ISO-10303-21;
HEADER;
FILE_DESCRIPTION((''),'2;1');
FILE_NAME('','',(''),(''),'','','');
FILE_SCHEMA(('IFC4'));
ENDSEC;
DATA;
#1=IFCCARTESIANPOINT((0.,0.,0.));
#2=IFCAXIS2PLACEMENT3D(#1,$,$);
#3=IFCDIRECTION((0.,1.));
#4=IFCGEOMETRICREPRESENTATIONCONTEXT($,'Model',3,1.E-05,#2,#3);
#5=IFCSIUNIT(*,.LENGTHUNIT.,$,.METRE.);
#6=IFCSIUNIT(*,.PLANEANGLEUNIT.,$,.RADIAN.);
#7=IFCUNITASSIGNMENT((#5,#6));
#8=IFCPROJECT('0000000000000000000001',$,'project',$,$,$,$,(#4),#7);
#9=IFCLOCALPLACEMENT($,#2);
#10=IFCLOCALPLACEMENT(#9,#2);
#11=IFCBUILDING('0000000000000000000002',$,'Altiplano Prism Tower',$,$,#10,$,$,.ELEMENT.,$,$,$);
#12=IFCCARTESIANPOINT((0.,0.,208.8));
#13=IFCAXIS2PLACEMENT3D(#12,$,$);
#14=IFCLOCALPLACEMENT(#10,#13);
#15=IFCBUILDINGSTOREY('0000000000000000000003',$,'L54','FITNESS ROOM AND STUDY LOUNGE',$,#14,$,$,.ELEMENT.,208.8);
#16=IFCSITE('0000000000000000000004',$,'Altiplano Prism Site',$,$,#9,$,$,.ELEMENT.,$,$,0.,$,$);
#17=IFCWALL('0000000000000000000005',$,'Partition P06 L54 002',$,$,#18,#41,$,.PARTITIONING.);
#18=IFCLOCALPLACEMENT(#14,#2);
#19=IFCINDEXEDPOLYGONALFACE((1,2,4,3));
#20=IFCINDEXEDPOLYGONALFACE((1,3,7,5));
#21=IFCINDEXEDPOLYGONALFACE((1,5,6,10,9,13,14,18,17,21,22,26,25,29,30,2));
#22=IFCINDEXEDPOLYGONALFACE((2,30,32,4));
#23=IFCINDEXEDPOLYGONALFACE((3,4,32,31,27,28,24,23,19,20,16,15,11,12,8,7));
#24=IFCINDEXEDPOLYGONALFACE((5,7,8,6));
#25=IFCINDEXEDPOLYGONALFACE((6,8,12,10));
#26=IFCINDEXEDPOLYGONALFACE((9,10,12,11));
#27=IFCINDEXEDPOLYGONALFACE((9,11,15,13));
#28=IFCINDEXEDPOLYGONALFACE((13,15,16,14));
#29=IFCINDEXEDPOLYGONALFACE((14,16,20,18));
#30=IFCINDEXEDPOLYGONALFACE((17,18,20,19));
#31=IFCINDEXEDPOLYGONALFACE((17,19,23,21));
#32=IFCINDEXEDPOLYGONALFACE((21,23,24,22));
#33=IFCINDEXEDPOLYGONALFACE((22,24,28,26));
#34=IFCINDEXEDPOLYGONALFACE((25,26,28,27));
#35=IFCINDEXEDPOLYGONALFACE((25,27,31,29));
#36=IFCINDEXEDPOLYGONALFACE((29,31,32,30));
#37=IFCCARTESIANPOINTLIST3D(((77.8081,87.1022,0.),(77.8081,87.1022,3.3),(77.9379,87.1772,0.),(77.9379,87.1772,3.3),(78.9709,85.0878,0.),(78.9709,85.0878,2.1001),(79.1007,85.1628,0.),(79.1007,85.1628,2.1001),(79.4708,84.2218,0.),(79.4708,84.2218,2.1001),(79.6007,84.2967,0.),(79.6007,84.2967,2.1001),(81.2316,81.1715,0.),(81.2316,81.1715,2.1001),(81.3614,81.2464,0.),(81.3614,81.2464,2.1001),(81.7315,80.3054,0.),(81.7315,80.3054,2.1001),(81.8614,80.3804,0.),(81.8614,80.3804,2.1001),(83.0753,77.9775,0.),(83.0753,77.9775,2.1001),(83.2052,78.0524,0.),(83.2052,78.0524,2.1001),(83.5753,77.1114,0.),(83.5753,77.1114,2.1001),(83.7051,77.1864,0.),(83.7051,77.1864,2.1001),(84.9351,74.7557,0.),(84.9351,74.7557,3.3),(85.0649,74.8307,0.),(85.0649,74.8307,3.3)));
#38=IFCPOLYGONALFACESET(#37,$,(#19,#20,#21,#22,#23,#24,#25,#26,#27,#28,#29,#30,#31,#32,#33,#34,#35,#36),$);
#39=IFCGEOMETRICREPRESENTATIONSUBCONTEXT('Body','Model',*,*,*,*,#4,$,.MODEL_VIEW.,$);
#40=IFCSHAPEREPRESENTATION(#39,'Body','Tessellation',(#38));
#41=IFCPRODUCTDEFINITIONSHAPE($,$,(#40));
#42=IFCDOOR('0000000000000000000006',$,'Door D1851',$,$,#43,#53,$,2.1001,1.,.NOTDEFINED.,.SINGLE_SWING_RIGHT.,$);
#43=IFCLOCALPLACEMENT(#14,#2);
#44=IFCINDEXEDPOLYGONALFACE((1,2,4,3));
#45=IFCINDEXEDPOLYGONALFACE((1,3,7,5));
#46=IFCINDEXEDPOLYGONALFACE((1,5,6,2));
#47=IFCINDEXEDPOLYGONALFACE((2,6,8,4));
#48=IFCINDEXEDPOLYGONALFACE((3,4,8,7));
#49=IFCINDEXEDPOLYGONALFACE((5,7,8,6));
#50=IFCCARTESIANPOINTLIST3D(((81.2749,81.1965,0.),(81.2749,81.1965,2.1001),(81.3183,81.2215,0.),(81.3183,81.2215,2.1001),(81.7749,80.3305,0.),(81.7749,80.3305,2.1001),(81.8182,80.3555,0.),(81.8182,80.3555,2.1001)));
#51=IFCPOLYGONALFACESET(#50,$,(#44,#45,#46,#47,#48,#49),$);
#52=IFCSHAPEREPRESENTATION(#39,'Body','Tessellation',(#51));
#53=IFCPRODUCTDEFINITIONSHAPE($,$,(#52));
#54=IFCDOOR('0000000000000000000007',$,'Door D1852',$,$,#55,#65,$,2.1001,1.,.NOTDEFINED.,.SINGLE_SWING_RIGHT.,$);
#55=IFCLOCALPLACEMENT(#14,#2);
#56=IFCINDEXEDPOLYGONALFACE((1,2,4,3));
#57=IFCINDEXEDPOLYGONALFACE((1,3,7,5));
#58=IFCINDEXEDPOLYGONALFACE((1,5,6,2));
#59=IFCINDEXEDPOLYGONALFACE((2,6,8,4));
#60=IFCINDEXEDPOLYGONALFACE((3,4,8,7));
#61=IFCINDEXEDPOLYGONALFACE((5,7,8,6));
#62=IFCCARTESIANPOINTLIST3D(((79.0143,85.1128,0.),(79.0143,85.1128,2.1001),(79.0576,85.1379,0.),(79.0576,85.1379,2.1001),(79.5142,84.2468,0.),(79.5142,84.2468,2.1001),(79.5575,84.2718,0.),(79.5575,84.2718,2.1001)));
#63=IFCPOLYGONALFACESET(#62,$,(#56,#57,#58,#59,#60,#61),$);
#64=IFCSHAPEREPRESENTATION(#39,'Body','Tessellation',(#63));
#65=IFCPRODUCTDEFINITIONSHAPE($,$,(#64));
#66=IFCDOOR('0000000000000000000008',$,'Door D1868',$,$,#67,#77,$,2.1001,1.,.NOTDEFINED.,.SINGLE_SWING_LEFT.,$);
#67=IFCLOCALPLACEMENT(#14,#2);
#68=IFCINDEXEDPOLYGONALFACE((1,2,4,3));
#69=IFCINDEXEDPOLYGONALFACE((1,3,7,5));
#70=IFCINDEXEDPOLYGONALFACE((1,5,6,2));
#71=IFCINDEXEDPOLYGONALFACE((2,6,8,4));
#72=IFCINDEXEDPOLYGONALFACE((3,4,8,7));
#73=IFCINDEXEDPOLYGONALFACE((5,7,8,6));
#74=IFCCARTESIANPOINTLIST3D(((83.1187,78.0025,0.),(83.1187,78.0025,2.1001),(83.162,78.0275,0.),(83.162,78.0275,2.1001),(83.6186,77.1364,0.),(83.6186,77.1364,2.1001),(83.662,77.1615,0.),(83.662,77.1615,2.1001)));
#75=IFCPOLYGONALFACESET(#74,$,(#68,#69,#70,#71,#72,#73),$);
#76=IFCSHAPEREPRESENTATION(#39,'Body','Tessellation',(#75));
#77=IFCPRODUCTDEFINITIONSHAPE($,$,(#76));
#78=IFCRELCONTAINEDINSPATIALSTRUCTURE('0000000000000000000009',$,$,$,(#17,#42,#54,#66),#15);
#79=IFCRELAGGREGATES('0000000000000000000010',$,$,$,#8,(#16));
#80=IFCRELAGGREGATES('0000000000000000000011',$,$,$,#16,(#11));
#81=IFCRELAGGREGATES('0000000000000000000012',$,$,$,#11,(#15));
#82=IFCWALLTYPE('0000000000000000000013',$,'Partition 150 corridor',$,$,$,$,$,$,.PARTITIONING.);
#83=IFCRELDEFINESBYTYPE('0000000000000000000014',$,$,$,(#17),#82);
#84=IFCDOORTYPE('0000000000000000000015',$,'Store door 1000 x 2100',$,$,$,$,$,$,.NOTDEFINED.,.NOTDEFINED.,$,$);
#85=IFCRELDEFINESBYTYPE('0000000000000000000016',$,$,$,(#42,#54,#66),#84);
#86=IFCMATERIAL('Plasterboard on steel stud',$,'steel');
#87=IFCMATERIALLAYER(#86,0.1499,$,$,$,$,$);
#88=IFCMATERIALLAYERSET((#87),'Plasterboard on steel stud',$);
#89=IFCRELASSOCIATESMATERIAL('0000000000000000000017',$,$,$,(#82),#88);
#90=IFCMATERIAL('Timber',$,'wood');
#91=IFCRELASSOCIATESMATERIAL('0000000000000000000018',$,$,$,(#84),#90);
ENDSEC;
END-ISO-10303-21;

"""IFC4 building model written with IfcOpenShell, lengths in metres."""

from ifc_helpers import new_model, si_unit, direction, frame, frame_2d, origin, place, context, subcontext, project, spatial, rectangle, extrude, material, layer, layer_set, type_object, element, fill, save


model = new_model("IFC4")

# Units and contexts
model_context = context("Model", 3, precision=1e-05, world=origin(), true_north=direction((0.0, 1.0)))
body_context = subcontext(model_context, "Body", "Model", "MODEL_VIEW")
ifc_project = project(units=[si_unit("LENGTHUNIT", "METRE"), si_unit("PLANEANGLEUNIT", "RADIAN")], contexts=[model_context])

# Site, building, storey
site_placement = place(None, origin())
site = spatial("IfcSite", under=ifc_project, at=site_placement, Name="Altiplano Prism Site", CompositionType="ELEMENT", RefElevation=0.0)
building_placement = place(site_placement, origin())
building = spatial("IfcBuilding", under=site, at=building_placement, Name="Altiplano Prism Tower", CompositionType="ELEMENT")
storey_placement = place(building_placement, frame((0.0, 0.0, 208.8)))
storey = spatial("IfcBuildingStorey", under=building, at=storey_placement, Name="L54", Description="FITNESS ROOM AND STUDY LOUNGE", CompositionType="ELEMENT", Elevation=208.8)

# Wall, openings, doors
ifc_material_1 = material(Name="Plasterboard on steel stud", Category="steel")
ifc_layer_1 = layer(ifc_material_1, 0.1499)
ifc_layer_set_1 = layer_set([ifc_layer_1], Name="Plasterboard on steel stud")
wall_type_1 = type_object("IfcWallType", Name="Partition 150 corridor", PredefinedType="PARTITIONING", material=ifc_layer_set_1)
wall_1_placement = place(storey_placement, frame((85.0, 74.7932, 0.0), z_axis=(0.0, 0.0, 1.0), x_axis=(-0.499933, 0.866064, 0.0)))
wall_1 = element("IfcWall", 1, at=wall_1_placement, inside=storey, type_object=wall_type_1, Name="Partition P06 L54 002", PredefinedType="PARTITIONING", context=body_context, shape_type="SweptSolid", body=[
    extrude(rectangle(XDim=14.2559, YDim=0.1499, at=frame_2d((7.1279, 0.0))), origin(), (0.0, 0.0, 1.0), 3.3),
])
opening_1_placement = place(wall_1_placement, frame((6.408, 0.0, 0.0)))
opening_1 = element("IfcOpeningElement", 2, at=opening_1_placement, cuts=wall_1, PredefinedType="OPENING", context=body_context, shape_type="SweptSolid", body=[
    extrude(rectangle(XDim=1.0, YDim=2.1001, at=frame_2d((0.5, 1.05))), frame((0.0, 0.0854, 0.0), z_axis=(0.0, -1.0, 0.0), x_axis=(1.0, 0.0, 0.0)), (0.0, 0.0, 1.0), 0.1709),
])
opening_2_placement = place(wall_1_placement, frame((10.9299, 0.0, 0.0)))
opening_2 = element("IfcOpeningElement", 3, at=opening_2_placement, cuts=wall_1, PredefinedType="OPENING", context=body_context, shape_type="SweptSolid", body=[
    extrude(rectangle(XDim=1.0, YDim=2.1001, at=frame_2d((0.5, 1.05))), frame((0.0, 0.0854, 0.0), z_axis=(0.0, -1.0, 0.0), x_axis=(1.0, 0.0, 0.0)), (0.0, 0.0, 1.0), 0.1709),
])
opening_3_placement = place(wall_1_placement, frame((2.72, 0.0, 0.0)))
opening_3 = element("IfcOpeningElement", 4, at=opening_3_placement, cuts=wall_1, PredefinedType="OPENING", context=body_context, shape_type="SweptSolid", body=[
    extrude(rectangle(XDim=1.0, YDim=2.1001, at=frame_2d((0.5, 1.05))), frame((0.0, 0.0854, 0.0), z_axis=(0.0, -1.0, 0.0), x_axis=(1.0, 0.0, 0.0)), (0.0, 0.0, 1.0), 0.1709),
])
ifc_material_2 = material(Name="Timber", Category="wood")
door_type_1 = type_object("IfcDoorType", Name="Store door 1000 x 2100", OperationType="NOTDEFINED", PredefinedType="NOTDEFINED", material=ifc_material_2)
door_1_placement = place(opening_1_placement, origin())
door_1 = element("IfcDoor", 5, at=door_1_placement, inside=storey, type_object=door_type_1, Name="Door D1851", OperationType="SINGLE_SWING_RIGHT", OverallHeight=2.1001, OverallWidth=1.0, PredefinedType="NOTDEFINED", context=body_context, shape_type="SweptSolid", body=[
    extrude(rectangle(XDim=1.0, YDim=2.1001, at=frame_2d((0.5, 1.05))), frame((0.0, 0.0249, 0.0), z_axis=(0.0, -1.0, 0.0), x_axis=(1.0, 0.0, 0.0)), (0.0, 0.0, 1.0), 0.05),
])
fill(opening_1, door_1)
door_2_placement = place(opening_2_placement, origin())
door_2 = element("IfcDoor", 6, at=door_2_placement, inside=storey, type_object=door_type_1, Name="Door D1852", OperationType="SINGLE_SWING_RIGHT", OverallHeight=2.1001, OverallWidth=1.0, PredefinedType="NOTDEFINED", context=body_context, shape_type="SweptSolid", body=[
    extrude(rectangle(XDim=1.0, YDim=2.1001, at=frame_2d((0.5, 1.05))), frame((0.0, 0.0249, 0.0), z_axis=(0.0, -1.0, 0.0), x_axis=(1.0, 0.0, 0.0)), (0.0, 0.0, 1.0), 0.05),
])
fill(opening_2, door_2)
door_3_placement = place(opening_3_placement, origin())
door_3 = element("IfcDoor", 7, at=door_3_placement, inside=storey, type_object=door_type_1, Name="Door D1868", OperationType="SINGLE_SWING_LEFT", OverallHeight=2.1001, OverallWidth=1.0, PredefinedType="NOTDEFINED", context=body_context, shape_type="SweptSolid", body=[
    extrude(rectangle(XDim=1.0, YDim=2.1001, at=frame_2d((0.5, 1.05))), frame((0.0, 0.0249, 0.0), z_axis=(0.0, -1.0, 0.0), x_axis=(1.0, 0.0, 0.0)), (0.0, 0.0, 1.0), 0.05),
])
fill(opening_3, door_3)

save(model, "model.ifc")
